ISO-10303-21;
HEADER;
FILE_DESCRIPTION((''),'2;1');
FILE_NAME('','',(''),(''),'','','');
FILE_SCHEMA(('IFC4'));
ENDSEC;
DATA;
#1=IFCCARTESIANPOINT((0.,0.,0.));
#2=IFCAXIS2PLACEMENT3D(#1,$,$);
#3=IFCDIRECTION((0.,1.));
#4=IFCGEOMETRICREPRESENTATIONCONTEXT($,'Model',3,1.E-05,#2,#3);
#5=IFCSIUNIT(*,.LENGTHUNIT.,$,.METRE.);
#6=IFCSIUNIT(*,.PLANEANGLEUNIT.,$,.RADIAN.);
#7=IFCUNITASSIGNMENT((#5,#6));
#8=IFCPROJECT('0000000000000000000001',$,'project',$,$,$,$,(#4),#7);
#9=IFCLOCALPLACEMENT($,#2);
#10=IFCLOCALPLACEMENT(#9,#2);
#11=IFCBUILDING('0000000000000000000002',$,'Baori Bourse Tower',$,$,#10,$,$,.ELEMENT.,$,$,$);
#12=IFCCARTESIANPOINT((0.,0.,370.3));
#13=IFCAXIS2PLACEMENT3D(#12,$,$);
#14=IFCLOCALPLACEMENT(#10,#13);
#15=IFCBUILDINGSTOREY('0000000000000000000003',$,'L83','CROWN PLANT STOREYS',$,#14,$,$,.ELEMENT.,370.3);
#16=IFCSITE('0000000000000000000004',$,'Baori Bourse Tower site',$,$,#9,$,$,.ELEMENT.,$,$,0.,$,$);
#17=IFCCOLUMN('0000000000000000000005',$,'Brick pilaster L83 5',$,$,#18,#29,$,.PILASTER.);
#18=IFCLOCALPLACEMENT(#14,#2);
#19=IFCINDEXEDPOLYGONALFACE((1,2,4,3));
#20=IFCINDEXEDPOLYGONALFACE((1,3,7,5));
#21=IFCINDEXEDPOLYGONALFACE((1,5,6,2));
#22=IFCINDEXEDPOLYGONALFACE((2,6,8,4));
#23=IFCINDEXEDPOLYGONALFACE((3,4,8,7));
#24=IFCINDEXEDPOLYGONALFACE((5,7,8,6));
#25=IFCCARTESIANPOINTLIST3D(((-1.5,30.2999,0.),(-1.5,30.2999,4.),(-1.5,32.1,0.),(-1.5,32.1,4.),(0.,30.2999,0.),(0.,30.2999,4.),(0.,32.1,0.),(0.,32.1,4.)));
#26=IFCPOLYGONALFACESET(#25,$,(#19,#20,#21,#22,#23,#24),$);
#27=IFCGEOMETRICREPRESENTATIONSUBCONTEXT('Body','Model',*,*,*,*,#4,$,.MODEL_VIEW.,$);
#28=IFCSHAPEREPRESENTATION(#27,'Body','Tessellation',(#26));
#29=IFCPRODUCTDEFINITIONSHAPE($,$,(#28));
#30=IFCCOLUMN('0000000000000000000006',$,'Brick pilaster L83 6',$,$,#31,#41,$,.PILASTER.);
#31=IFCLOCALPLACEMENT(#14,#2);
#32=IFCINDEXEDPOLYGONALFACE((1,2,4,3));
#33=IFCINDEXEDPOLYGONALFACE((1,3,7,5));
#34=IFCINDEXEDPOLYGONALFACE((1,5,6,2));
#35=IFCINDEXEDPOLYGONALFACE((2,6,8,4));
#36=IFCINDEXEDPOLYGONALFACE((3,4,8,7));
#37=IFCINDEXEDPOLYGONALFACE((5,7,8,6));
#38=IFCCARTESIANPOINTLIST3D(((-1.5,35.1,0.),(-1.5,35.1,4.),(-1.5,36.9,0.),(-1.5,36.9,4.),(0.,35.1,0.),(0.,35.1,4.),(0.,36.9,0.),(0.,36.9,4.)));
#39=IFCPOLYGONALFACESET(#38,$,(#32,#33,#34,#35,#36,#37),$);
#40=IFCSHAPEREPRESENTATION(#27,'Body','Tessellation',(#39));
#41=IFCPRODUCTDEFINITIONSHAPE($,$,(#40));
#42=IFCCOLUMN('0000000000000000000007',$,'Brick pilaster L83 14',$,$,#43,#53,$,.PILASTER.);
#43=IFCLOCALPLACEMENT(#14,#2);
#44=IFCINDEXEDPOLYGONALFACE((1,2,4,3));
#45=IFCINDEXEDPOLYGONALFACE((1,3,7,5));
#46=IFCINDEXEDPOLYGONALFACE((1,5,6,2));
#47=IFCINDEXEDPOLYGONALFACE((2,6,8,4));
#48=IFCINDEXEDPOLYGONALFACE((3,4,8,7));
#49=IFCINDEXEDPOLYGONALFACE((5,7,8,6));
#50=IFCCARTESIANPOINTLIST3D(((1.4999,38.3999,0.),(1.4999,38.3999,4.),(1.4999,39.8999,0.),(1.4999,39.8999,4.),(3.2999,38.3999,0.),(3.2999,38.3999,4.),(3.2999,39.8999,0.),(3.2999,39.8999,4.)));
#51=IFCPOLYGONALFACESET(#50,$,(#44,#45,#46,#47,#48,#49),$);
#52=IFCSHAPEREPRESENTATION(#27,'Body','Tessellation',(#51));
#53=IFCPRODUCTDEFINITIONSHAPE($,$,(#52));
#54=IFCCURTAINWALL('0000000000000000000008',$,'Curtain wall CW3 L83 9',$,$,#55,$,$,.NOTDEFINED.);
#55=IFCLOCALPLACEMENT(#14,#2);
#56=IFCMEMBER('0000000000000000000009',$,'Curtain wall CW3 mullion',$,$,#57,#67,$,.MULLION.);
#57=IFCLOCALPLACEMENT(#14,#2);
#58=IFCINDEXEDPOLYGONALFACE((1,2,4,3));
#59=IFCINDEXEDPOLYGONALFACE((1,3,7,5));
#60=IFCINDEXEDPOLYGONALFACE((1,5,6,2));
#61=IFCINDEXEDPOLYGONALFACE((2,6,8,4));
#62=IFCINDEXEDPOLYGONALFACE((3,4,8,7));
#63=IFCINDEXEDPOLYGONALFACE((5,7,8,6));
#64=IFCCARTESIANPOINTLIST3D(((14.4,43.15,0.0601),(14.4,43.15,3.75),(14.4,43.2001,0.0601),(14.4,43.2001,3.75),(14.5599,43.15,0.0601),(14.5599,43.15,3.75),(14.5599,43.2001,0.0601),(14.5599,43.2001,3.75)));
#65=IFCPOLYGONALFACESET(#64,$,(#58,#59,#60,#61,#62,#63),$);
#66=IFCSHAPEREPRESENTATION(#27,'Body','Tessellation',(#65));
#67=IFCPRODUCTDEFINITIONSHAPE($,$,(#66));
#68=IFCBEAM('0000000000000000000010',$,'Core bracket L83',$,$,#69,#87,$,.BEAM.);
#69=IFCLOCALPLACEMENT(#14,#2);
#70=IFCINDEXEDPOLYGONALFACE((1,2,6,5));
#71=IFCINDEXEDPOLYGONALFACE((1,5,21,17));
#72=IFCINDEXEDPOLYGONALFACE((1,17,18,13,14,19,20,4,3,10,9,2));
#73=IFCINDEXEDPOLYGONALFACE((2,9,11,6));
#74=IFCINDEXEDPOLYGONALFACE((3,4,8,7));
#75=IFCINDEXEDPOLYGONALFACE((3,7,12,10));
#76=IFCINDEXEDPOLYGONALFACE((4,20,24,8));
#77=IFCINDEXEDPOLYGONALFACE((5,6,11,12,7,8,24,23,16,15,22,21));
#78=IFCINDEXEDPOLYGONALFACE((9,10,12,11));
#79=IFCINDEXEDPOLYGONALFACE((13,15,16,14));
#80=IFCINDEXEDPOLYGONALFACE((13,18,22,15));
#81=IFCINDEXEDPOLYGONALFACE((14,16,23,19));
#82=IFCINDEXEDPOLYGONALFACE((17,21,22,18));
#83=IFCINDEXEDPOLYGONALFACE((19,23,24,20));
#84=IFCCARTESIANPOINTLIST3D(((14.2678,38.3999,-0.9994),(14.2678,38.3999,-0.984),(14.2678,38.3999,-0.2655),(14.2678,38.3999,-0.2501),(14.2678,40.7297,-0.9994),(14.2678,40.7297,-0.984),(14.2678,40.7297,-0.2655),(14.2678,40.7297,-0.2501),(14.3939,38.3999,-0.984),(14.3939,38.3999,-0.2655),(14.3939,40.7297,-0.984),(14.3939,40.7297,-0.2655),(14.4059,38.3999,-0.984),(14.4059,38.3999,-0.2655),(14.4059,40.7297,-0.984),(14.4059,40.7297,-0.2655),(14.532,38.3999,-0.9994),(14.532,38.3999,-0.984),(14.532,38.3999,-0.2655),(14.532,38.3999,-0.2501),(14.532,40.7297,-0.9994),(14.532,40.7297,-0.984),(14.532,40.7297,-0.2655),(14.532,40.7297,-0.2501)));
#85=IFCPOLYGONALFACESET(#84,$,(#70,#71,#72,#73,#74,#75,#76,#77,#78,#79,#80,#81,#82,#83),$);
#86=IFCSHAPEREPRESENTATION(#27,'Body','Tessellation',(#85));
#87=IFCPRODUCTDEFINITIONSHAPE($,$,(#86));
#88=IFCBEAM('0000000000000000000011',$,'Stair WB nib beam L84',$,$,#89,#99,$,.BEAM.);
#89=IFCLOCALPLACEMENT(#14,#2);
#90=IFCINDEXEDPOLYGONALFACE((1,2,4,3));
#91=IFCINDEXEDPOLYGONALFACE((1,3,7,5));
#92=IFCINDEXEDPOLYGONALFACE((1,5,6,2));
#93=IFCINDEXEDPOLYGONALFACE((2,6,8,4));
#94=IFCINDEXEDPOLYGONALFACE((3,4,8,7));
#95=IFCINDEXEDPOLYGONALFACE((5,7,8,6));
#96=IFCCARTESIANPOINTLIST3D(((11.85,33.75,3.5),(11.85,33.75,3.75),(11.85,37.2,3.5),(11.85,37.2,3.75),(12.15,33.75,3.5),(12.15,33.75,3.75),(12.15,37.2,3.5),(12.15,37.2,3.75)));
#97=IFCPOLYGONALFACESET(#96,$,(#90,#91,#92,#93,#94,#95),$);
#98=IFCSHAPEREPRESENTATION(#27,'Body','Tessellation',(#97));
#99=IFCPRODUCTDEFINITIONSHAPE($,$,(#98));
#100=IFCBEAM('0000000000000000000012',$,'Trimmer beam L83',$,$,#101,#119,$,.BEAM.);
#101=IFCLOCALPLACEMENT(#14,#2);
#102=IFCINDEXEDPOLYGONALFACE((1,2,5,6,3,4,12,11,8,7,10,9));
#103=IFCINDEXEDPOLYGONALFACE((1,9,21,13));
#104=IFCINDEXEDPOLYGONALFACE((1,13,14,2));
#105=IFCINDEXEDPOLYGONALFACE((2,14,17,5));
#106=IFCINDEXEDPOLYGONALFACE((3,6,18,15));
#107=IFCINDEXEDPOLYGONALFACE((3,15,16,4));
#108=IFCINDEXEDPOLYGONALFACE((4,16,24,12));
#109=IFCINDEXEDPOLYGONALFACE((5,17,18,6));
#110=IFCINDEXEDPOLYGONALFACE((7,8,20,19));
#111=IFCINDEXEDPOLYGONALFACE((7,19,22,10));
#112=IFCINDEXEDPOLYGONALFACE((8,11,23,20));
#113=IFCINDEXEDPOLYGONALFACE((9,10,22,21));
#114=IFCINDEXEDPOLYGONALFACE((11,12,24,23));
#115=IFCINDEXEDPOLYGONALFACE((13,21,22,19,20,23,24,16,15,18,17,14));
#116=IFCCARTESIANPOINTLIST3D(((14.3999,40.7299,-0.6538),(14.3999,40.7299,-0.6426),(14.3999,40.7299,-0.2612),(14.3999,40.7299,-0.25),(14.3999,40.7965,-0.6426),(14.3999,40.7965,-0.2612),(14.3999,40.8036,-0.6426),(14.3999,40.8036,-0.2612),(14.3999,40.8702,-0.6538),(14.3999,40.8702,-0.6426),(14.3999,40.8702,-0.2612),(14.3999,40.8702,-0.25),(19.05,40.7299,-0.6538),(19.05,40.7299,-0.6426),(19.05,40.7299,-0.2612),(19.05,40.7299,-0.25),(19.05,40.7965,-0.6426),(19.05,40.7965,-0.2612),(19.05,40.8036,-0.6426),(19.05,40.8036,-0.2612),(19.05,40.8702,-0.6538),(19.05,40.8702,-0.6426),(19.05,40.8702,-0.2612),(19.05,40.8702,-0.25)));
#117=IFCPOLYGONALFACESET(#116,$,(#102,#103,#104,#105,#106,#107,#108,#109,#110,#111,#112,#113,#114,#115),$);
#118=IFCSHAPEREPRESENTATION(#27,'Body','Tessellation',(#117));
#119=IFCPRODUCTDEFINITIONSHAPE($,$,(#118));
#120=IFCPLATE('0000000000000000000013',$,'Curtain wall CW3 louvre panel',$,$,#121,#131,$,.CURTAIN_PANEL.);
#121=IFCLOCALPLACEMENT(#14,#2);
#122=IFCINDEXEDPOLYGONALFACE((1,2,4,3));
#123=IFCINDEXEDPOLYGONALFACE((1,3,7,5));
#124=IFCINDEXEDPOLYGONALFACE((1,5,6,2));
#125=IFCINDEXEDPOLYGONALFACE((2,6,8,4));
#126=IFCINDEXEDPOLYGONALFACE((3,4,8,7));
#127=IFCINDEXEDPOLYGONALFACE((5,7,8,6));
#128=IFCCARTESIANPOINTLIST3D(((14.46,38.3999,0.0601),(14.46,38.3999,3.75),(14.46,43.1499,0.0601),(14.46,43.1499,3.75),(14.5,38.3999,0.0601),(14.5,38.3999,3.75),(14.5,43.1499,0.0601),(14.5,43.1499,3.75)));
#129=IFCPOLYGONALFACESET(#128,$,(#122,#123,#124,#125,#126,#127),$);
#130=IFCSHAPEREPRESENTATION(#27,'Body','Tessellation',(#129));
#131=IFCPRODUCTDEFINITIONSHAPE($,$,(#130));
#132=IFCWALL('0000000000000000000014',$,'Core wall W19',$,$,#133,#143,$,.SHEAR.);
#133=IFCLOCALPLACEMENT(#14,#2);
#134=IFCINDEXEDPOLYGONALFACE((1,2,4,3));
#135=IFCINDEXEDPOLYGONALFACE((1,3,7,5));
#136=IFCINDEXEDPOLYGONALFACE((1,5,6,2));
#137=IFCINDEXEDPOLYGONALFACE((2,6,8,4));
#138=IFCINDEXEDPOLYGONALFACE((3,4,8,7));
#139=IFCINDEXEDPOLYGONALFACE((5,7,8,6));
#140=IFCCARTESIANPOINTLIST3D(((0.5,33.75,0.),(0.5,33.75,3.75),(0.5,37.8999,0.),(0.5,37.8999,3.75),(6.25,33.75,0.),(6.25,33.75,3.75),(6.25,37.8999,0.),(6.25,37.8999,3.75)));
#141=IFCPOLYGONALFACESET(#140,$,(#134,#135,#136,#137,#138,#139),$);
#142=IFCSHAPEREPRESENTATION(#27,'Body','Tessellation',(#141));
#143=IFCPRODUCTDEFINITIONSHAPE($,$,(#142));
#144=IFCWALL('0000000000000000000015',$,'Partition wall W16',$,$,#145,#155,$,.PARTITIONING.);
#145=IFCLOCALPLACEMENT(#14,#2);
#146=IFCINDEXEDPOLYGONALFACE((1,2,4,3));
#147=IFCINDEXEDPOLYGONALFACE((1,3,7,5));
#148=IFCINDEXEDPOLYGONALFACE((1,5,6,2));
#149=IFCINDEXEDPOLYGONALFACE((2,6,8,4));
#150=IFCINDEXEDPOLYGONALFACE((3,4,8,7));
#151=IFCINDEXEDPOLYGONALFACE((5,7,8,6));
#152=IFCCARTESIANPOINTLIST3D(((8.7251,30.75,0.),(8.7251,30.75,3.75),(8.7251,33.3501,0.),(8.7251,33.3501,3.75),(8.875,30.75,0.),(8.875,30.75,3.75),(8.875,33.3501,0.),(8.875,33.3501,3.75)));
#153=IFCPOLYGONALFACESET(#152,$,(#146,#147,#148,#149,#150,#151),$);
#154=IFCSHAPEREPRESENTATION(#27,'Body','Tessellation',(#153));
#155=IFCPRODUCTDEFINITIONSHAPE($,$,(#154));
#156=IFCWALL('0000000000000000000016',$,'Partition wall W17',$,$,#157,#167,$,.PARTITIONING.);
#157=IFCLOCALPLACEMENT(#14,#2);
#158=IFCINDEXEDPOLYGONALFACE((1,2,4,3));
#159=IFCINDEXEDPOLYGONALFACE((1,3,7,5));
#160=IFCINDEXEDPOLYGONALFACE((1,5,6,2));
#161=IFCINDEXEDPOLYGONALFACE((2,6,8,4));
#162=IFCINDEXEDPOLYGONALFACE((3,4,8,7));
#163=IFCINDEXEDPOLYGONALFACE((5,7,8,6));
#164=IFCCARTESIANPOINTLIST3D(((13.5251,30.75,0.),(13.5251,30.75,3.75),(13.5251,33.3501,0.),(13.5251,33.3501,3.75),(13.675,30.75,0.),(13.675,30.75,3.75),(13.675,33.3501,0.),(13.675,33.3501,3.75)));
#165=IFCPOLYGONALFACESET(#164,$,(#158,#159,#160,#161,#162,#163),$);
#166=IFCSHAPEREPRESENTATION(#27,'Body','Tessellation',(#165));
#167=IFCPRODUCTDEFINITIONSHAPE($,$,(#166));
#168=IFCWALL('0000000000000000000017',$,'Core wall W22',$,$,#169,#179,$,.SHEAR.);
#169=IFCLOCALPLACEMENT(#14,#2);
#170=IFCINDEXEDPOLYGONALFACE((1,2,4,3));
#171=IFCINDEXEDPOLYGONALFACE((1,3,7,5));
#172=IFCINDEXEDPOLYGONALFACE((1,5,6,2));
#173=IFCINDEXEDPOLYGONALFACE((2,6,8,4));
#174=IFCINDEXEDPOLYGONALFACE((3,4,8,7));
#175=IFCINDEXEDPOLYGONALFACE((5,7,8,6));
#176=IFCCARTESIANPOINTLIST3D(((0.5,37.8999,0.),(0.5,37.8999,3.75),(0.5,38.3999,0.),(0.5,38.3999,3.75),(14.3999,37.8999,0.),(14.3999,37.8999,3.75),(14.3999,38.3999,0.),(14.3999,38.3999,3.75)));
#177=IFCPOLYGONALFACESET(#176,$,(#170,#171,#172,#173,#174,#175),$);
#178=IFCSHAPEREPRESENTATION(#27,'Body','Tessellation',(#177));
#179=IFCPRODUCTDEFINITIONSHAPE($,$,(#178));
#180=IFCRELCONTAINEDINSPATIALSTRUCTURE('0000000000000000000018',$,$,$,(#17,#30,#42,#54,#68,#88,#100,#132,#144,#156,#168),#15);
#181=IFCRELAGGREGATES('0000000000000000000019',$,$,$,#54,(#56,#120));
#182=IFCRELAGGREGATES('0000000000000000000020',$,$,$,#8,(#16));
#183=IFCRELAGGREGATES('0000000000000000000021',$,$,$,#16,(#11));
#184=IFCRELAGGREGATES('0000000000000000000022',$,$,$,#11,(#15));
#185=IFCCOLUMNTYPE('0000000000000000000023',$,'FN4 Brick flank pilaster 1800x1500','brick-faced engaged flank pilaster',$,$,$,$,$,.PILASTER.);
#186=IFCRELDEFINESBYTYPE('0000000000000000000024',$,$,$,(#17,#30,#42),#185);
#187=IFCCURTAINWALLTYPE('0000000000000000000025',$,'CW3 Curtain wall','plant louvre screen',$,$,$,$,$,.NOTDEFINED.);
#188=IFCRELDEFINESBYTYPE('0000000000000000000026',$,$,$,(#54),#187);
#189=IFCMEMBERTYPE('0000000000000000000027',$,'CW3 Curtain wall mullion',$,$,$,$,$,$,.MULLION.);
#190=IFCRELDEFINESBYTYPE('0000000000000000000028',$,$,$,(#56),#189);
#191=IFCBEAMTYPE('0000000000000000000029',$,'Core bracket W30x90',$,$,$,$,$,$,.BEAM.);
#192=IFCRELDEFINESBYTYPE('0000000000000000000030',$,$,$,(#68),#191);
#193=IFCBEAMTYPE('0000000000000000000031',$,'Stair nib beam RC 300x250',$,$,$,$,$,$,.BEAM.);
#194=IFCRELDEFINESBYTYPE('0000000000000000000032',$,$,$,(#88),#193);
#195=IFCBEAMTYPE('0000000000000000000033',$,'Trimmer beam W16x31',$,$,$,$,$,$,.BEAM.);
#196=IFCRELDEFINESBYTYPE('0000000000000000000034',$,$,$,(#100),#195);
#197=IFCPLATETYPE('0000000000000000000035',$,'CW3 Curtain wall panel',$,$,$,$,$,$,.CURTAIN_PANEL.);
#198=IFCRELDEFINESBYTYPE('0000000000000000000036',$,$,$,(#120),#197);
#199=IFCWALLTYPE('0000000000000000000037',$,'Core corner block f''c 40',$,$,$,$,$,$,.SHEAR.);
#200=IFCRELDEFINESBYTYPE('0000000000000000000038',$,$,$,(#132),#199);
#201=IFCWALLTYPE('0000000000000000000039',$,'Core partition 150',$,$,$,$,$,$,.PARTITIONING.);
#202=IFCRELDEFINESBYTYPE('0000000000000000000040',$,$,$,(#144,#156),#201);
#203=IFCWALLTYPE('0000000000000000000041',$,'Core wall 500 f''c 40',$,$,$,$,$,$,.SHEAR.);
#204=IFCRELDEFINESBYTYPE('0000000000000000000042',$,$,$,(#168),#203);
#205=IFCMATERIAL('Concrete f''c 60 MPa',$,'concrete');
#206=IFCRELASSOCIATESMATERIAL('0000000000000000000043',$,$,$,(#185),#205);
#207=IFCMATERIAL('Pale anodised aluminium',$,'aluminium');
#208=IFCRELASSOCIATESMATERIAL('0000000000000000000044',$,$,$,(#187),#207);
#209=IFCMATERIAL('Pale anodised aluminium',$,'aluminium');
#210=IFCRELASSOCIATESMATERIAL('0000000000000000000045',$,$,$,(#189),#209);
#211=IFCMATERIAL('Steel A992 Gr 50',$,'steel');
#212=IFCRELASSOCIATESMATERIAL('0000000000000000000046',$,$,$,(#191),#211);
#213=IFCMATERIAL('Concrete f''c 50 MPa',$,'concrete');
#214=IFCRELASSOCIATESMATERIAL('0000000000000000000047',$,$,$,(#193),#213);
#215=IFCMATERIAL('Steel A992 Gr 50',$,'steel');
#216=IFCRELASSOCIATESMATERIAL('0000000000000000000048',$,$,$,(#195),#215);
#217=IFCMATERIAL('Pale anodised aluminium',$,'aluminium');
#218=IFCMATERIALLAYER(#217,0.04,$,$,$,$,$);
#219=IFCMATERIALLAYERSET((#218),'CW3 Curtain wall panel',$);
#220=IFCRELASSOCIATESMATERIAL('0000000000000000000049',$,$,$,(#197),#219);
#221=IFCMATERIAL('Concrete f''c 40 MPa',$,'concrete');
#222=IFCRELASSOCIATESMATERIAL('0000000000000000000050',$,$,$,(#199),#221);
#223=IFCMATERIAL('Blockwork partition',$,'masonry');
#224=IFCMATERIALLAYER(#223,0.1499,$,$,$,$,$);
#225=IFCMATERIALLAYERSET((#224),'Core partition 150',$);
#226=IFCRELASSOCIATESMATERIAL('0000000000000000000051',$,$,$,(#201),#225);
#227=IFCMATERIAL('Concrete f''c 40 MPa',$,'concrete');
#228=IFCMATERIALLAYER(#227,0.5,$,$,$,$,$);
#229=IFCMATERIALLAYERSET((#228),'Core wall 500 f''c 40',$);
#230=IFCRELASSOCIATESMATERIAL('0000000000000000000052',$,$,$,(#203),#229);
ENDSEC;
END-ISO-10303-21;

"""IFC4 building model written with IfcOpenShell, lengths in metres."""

from ifc_helpers import new_model, si_unit, direction, frame, frame_2d, origin, origin_2d, place, context, subcontext, project, spatial, rectangle, i_section, extrude, material, layer, layer_set, material_profile, profile_set, type_object, element, aggregate, save


model = new_model("IFC4")

# Units and contexts
model_context = context("Model", 3, precision=1e-05, world=origin(), true_north=direction((0.0, 1.0)))
body_context = subcontext(model_context, "Body", "Model", "MODEL_VIEW")
ifc_project = project(units=[si_unit("LENGTHUNIT", "METRE"), si_unit("PLANEANGLEUNIT", "RADIAN")], contexts=[model_context])

# Site, building, storey
site_placement = place(None, origin())
site = spatial("IfcSite", under=ifc_project, at=site_placement, Name="Baori Bourse Tower site", CompositionType="ELEMENT", RefElevation=0.0)
building_placement = place(site_placement, origin())
building = spatial("IfcBuilding", under=site, at=building_placement, Name="Baori Bourse Tower", CompositionType="ELEMENT")
storey_placement = place(building_placement, frame((0.0, 0.0, 370.3)))
storey = spatial("IfcBuildingStorey", under=building, at=storey_placement, Name="L83", Description="CROWN PLANT STOREYS", CompositionType="ELEMENT", Elevation=370.3)

# Columns
ifc_material_1 = material(Name="Concrete f'c 60 MPa", Category="concrete")
ifc_material_profile_1 = material_profile(ifc_material_1, rectangle(XDim=1.8, YDim=1.5, at=origin_2d()), Name="RC 1800x1500")
ifc_profile_set_1 = profile_set([ifc_material_profile_1], Name="Concrete f'c 60 MPa")
column_type = type_object("IfcColumnType", Name="FN4 Brick flank pilaster 1800x1500", Description="brick-faced engaged flank pilaster", PredefinedType="PILASTER", material=ifc_profile_set_1)
for number, where, z_axis, x_axis, name in (
    (1, (-0.75, 31.2, 0.0), (0.0, 0.0, 1.0), (0.0, 1.0, 0.0), "Brick pilaster L83 5"),
    (2, (-0.75, 36.0, 0.0), (0.0, 0.0, 1.0), (0.0, 1.0, 0.0), "Brick pilaster L83 6"),
    (3, (2.3999, 39.1499, 0.0), (0.0, 0.0, 1.0), (1.0, 0.0, 0.0), "Brick pilaster L83 14"),
):
    element("IfcColumn", number, at=place(storey_placement, frame(where, z_axis=z_axis, x_axis=x_axis)), inside=storey, type_object=column_type, Name=name, PredefinedType="PILASTER", context=body_context, shape_type="SweptSolid", body=[
        extrude(rectangle(XDim=1.8, YDim=1.5, at=origin_2d()), origin(), (0.0, 0.0, 1.0), 4.0),
    ])

# Curtain wall, member
ifc_material_2 = material(Name="Pale anodised aluminium", Category="aluminium")
curtain_wall_type = type_object("IfcCurtainWallType", Name="CW3 Curtain wall", Description="plant louvre screen", PredefinedType="NOTDEFINED", material=ifc_material_2)
curtain_wall_placement = place(storey_placement, origin())
curtain_wall = element("IfcCurtainWall", 4, at=curtain_wall_placement, inside=storey, type_object=curtain_wall_type, Name="Curtain wall CW3 L83 9", PredefinedType="NOTDEFINED")
ifc_material_3 = material(Name="Pale anodised aluminium", Category="aluminium")
ifc_material_profile_2 = material_profile(ifc_material_3, rectangle(XDim=0.1599, YDim=0.05, at=origin_2d()), Name="Mullion 50x160")
ifc_profile_set_2 = profile_set([ifc_material_profile_2], Name="Pale anodised aluminium")
member_type = type_object("IfcMemberType", Name="CW3 Curtain wall mullion", PredefinedType="MULLION", material=ifc_profile_set_2)
member_placement = place(storey_placement, frame((14.48, 43.175, 0.0601), z_axis=(0.0, 0.0, 1.0), x_axis=(1.0, 0.0, 0.0)))
member = element("IfcMember", 5, at=member_placement, type_object=member_type, Name="Curtain wall CW3 mullion", PredefinedType="MULLION", context=body_context, shape_type="SweptSolid", body=[
    extrude(rectangle(XDim=0.1599, YDim=0.05, at=origin_2d()), origin(), (0.0, 0.0, 1.0), 3.6899),
])

# Beams
ifc_material_4 = material(Name="Steel A992 Gr 50", Category="steel")
ifc_material_profile_3 = material_profile(ifc_material_4, i_section(OverallWidth=0.2642, OverallDepth=0.7493, WebThickness=0.012, FlangeThickness=0.0154, at=origin_2d()), Name="W30x90")
ifc_profile_set_3 = profile_set([ifc_material_profile_3], Name="Steel A992 Gr 50")
beam_type_1 = type_object("IfcBeamType", Name="Core bracket W30x90", PredefinedType="BEAM", material=ifc_profile_set_3)
beam_1_placement = place(storey_placement, frame((14.3999, 38.3999, -0.6248), z_axis=(0.0, 1.0, 0.0), x_axis=(-1.0, 0.0, 0.0)))
element("IfcBeam", 6, at=beam_1_placement, inside=storey, type_object=beam_type_1, Name="Core bracket L83", PredefinedType="BEAM", context=body_context, shape_type="SweptSolid", body=[
    extrude(i_section(OverallWidth=0.2642, OverallDepth=0.7493, WebThickness=0.012, FlangeThickness=0.0154, at=origin_2d()), origin(), (0.0, 0.0, 1.0), 2.3298),
])
ifc_material_5 = material(Name="Concrete f'c 50 MPa", Category="concrete")
ifc_material_profile_4 = material_profile(ifc_material_5, rectangle(XDim=0.3, YDim=0.25, at=origin_2d()), Name="RC 300x250")
ifc_profile_set_4 = profile_set([ifc_material_profile_4], Name="Concrete f'c 50 MPa")
beam_type_2 = type_object("IfcBeamType", Name="Stair nib beam RC 300x250", PredefinedType="BEAM", material=ifc_profile_set_4)
beam_2_placement = place(storey_placement, frame((12.0, 33.75, 3.625), z_axis=(0.0, 1.0, 0.0), x_axis=(-1.0, 0.0, 0.0)))
element("IfcBeam", 7, at=beam_2_placement, inside=storey, type_object=beam_type_2, Name="Stair WB nib beam L84", PredefinedType="BEAM", context=body_context, shape_type="SweptSolid", body=[
    extrude(rectangle(XDim=0.3, YDim=0.25, at=origin_2d()), origin(), (0.0, 0.0, 1.0), 3.45),
])
ifc_material_6 = material(Name="Steel A992 Gr 50", Category="steel")
ifc_material_profile_5 = material_profile(ifc_material_6, i_section(OverallWidth=0.1404, OverallDepth=0.4038, WebThickness=0.0071, FlangeThickness=0.0112, at=origin_2d()), Name="W16x31")
ifc_profile_set_5 = profile_set([ifc_material_profile_5], Name="Steel A992 Gr 50")
beam_type_3 = type_object("IfcBeamType", Name="Trimmer beam W16x31", PredefinedType="BEAM", material=ifc_profile_set_5)
beam_3_placement = place(storey_placement, frame((14.3999, 40.8, -0.4519), z_axis=(1.0, 0.0, 0.0), x_axis=(0.0, 1.0, 0.0)))
element("IfcBeam", 8, at=beam_3_placement, inside=storey, type_object=beam_type_3, Name="Trimmer beam L83", PredefinedType="BEAM", context=body_context, shape_type="SweptSolid", body=[
    extrude(i_section(OverallWidth=0.1404, OverallDepth=0.4038, WebThickness=0.0071, FlangeThickness=0.0112, at=origin_2d()), origin(), (0.0, 0.0, 1.0), 4.6501),
])

# Plate
ifc_material_7 = material(Name="Pale anodised aluminium", Category="aluminium")
ifc_layer_1 = layer(ifc_material_7, 0.04)
ifc_layer_set_1 = layer_set([ifc_layer_1], Name="CW3 Curtain wall panel")
plate_type = type_object("IfcPlateType", Name="CW3 Curtain wall panel", PredefinedType="CURTAIN_PANEL", material=ifc_layer_set_1)
plate_placement = place(storey_placement, frame((14.48, 40.7749, 0.0601), z_axis=(0.0, 0.0, 1.0), x_axis=(0.0, -1.0, 0.0)))
plate = element("IfcPlate", 9, at=plate_placement, type_object=plate_type, Name="Curtain wall CW3 louvre panel", PredefinedType="CURTAIN_PANEL", context=body_context, shape_type="SweptSolid", body=[
    extrude(rectangle(XDim=4.75, YDim=0.04, at=origin_2d()), origin(), (0.0, 0.0, 1.0), 3.6899),
])
aggregate(curtain_wall, [member, plate])

# Walls
ifc_material_8 = material(Name="Concrete f'c 40 MPa", Category="concrete")
wall_type_1 = type_object("IfcWallType", Name="Core corner block f'c 40", PredefinedType="SHEAR", material=ifc_material_8)
wall_1_placement = place(storey_placement, frame((0.5, 35.825, 0.0), z_axis=(0.0, 0.0, 1.0), x_axis=(1.0, 0.0, 0.0)))
element("IfcWall", 10, at=wall_1_placement, inside=storey, type_object=wall_type_1, Name="Core wall W19", PredefinedType="SHEAR", context=body_context, shape_type="SweptSolid", body=[
    extrude(rectangle(XDim=5.75, YDim=4.1499, at=frame_2d((2.875, 0.0))), origin(), (0.0, 0.0, 1.0), 3.75),
])
ifc_material_9 = material(Name="Blockwork partition", Category="masonry")
ifc_layer_2 = layer(ifc_material_9, 0.1499)
ifc_layer_set_2 = layer_set([ifc_layer_2], Name="Core partition 150")
wall_type_2 = type_object("IfcWallType", Name="Core partition 150", PredefinedType="PARTITIONING", material=ifc_layer_set_2)
for number, where, z_axis, x_axis, name in (
    (11, (8.8, 30.75, 0.0), (0.0, 0.0, 1.0), (0.0, 1.0, 0.0), "Partition wall W16"),
    (12, (13.6001, 30.75, 0.0), (0.0, 0.0, 1.0), (0.0, 1.0, 0.0), "Partition wall W17"),
):
    element("IfcWall", number, at=place(storey_placement, frame(where, z_axis=z_axis, x_axis=x_axis)), inside=storey, type_object=wall_type_2, Name=name, PredefinedType="PARTITIONING", context=body_context, shape_type="SweptSolid", body=[
        extrude(rectangle(XDim=2.6001, YDim=0.1499, at=frame_2d((1.3, 0.0))), origin(), (0.0, 0.0, 1.0), 3.75),
    ])
ifc_material_10 = material(Name="Concrete f'c 40 MPa", Category="concrete")
ifc_layer_3 = layer(ifc_material_10, 0.5)
ifc_layer_set_3 = layer_set([ifc_layer_3], Name="Core wall 500 f'c 40")
wall_type_3 = type_object("IfcWallType", Name="Core wall 500 f'c 40", PredefinedType="SHEAR", material=ifc_layer_set_3)
wall_2_placement = place(storey_placement, frame((0.5, 38.1499, 0.0), z_axis=(0.0, 0.0, 1.0), x_axis=(1.0, 0.0, 0.0)))
element("IfcWall", 13, at=wall_2_placement, inside=storey, type_object=wall_type_3, Name="Core wall W22", PredefinedType="SHEAR", context=body_context, shape_type="SweptSolid", body=[
    extrude(rectangle(XDim=13.8999, YDim=0.5, at=frame_2d((6.95, 0.0))), origin(), (0.0, 0.0, 1.0), 3.75),
])

save(model, "model.ifc")
